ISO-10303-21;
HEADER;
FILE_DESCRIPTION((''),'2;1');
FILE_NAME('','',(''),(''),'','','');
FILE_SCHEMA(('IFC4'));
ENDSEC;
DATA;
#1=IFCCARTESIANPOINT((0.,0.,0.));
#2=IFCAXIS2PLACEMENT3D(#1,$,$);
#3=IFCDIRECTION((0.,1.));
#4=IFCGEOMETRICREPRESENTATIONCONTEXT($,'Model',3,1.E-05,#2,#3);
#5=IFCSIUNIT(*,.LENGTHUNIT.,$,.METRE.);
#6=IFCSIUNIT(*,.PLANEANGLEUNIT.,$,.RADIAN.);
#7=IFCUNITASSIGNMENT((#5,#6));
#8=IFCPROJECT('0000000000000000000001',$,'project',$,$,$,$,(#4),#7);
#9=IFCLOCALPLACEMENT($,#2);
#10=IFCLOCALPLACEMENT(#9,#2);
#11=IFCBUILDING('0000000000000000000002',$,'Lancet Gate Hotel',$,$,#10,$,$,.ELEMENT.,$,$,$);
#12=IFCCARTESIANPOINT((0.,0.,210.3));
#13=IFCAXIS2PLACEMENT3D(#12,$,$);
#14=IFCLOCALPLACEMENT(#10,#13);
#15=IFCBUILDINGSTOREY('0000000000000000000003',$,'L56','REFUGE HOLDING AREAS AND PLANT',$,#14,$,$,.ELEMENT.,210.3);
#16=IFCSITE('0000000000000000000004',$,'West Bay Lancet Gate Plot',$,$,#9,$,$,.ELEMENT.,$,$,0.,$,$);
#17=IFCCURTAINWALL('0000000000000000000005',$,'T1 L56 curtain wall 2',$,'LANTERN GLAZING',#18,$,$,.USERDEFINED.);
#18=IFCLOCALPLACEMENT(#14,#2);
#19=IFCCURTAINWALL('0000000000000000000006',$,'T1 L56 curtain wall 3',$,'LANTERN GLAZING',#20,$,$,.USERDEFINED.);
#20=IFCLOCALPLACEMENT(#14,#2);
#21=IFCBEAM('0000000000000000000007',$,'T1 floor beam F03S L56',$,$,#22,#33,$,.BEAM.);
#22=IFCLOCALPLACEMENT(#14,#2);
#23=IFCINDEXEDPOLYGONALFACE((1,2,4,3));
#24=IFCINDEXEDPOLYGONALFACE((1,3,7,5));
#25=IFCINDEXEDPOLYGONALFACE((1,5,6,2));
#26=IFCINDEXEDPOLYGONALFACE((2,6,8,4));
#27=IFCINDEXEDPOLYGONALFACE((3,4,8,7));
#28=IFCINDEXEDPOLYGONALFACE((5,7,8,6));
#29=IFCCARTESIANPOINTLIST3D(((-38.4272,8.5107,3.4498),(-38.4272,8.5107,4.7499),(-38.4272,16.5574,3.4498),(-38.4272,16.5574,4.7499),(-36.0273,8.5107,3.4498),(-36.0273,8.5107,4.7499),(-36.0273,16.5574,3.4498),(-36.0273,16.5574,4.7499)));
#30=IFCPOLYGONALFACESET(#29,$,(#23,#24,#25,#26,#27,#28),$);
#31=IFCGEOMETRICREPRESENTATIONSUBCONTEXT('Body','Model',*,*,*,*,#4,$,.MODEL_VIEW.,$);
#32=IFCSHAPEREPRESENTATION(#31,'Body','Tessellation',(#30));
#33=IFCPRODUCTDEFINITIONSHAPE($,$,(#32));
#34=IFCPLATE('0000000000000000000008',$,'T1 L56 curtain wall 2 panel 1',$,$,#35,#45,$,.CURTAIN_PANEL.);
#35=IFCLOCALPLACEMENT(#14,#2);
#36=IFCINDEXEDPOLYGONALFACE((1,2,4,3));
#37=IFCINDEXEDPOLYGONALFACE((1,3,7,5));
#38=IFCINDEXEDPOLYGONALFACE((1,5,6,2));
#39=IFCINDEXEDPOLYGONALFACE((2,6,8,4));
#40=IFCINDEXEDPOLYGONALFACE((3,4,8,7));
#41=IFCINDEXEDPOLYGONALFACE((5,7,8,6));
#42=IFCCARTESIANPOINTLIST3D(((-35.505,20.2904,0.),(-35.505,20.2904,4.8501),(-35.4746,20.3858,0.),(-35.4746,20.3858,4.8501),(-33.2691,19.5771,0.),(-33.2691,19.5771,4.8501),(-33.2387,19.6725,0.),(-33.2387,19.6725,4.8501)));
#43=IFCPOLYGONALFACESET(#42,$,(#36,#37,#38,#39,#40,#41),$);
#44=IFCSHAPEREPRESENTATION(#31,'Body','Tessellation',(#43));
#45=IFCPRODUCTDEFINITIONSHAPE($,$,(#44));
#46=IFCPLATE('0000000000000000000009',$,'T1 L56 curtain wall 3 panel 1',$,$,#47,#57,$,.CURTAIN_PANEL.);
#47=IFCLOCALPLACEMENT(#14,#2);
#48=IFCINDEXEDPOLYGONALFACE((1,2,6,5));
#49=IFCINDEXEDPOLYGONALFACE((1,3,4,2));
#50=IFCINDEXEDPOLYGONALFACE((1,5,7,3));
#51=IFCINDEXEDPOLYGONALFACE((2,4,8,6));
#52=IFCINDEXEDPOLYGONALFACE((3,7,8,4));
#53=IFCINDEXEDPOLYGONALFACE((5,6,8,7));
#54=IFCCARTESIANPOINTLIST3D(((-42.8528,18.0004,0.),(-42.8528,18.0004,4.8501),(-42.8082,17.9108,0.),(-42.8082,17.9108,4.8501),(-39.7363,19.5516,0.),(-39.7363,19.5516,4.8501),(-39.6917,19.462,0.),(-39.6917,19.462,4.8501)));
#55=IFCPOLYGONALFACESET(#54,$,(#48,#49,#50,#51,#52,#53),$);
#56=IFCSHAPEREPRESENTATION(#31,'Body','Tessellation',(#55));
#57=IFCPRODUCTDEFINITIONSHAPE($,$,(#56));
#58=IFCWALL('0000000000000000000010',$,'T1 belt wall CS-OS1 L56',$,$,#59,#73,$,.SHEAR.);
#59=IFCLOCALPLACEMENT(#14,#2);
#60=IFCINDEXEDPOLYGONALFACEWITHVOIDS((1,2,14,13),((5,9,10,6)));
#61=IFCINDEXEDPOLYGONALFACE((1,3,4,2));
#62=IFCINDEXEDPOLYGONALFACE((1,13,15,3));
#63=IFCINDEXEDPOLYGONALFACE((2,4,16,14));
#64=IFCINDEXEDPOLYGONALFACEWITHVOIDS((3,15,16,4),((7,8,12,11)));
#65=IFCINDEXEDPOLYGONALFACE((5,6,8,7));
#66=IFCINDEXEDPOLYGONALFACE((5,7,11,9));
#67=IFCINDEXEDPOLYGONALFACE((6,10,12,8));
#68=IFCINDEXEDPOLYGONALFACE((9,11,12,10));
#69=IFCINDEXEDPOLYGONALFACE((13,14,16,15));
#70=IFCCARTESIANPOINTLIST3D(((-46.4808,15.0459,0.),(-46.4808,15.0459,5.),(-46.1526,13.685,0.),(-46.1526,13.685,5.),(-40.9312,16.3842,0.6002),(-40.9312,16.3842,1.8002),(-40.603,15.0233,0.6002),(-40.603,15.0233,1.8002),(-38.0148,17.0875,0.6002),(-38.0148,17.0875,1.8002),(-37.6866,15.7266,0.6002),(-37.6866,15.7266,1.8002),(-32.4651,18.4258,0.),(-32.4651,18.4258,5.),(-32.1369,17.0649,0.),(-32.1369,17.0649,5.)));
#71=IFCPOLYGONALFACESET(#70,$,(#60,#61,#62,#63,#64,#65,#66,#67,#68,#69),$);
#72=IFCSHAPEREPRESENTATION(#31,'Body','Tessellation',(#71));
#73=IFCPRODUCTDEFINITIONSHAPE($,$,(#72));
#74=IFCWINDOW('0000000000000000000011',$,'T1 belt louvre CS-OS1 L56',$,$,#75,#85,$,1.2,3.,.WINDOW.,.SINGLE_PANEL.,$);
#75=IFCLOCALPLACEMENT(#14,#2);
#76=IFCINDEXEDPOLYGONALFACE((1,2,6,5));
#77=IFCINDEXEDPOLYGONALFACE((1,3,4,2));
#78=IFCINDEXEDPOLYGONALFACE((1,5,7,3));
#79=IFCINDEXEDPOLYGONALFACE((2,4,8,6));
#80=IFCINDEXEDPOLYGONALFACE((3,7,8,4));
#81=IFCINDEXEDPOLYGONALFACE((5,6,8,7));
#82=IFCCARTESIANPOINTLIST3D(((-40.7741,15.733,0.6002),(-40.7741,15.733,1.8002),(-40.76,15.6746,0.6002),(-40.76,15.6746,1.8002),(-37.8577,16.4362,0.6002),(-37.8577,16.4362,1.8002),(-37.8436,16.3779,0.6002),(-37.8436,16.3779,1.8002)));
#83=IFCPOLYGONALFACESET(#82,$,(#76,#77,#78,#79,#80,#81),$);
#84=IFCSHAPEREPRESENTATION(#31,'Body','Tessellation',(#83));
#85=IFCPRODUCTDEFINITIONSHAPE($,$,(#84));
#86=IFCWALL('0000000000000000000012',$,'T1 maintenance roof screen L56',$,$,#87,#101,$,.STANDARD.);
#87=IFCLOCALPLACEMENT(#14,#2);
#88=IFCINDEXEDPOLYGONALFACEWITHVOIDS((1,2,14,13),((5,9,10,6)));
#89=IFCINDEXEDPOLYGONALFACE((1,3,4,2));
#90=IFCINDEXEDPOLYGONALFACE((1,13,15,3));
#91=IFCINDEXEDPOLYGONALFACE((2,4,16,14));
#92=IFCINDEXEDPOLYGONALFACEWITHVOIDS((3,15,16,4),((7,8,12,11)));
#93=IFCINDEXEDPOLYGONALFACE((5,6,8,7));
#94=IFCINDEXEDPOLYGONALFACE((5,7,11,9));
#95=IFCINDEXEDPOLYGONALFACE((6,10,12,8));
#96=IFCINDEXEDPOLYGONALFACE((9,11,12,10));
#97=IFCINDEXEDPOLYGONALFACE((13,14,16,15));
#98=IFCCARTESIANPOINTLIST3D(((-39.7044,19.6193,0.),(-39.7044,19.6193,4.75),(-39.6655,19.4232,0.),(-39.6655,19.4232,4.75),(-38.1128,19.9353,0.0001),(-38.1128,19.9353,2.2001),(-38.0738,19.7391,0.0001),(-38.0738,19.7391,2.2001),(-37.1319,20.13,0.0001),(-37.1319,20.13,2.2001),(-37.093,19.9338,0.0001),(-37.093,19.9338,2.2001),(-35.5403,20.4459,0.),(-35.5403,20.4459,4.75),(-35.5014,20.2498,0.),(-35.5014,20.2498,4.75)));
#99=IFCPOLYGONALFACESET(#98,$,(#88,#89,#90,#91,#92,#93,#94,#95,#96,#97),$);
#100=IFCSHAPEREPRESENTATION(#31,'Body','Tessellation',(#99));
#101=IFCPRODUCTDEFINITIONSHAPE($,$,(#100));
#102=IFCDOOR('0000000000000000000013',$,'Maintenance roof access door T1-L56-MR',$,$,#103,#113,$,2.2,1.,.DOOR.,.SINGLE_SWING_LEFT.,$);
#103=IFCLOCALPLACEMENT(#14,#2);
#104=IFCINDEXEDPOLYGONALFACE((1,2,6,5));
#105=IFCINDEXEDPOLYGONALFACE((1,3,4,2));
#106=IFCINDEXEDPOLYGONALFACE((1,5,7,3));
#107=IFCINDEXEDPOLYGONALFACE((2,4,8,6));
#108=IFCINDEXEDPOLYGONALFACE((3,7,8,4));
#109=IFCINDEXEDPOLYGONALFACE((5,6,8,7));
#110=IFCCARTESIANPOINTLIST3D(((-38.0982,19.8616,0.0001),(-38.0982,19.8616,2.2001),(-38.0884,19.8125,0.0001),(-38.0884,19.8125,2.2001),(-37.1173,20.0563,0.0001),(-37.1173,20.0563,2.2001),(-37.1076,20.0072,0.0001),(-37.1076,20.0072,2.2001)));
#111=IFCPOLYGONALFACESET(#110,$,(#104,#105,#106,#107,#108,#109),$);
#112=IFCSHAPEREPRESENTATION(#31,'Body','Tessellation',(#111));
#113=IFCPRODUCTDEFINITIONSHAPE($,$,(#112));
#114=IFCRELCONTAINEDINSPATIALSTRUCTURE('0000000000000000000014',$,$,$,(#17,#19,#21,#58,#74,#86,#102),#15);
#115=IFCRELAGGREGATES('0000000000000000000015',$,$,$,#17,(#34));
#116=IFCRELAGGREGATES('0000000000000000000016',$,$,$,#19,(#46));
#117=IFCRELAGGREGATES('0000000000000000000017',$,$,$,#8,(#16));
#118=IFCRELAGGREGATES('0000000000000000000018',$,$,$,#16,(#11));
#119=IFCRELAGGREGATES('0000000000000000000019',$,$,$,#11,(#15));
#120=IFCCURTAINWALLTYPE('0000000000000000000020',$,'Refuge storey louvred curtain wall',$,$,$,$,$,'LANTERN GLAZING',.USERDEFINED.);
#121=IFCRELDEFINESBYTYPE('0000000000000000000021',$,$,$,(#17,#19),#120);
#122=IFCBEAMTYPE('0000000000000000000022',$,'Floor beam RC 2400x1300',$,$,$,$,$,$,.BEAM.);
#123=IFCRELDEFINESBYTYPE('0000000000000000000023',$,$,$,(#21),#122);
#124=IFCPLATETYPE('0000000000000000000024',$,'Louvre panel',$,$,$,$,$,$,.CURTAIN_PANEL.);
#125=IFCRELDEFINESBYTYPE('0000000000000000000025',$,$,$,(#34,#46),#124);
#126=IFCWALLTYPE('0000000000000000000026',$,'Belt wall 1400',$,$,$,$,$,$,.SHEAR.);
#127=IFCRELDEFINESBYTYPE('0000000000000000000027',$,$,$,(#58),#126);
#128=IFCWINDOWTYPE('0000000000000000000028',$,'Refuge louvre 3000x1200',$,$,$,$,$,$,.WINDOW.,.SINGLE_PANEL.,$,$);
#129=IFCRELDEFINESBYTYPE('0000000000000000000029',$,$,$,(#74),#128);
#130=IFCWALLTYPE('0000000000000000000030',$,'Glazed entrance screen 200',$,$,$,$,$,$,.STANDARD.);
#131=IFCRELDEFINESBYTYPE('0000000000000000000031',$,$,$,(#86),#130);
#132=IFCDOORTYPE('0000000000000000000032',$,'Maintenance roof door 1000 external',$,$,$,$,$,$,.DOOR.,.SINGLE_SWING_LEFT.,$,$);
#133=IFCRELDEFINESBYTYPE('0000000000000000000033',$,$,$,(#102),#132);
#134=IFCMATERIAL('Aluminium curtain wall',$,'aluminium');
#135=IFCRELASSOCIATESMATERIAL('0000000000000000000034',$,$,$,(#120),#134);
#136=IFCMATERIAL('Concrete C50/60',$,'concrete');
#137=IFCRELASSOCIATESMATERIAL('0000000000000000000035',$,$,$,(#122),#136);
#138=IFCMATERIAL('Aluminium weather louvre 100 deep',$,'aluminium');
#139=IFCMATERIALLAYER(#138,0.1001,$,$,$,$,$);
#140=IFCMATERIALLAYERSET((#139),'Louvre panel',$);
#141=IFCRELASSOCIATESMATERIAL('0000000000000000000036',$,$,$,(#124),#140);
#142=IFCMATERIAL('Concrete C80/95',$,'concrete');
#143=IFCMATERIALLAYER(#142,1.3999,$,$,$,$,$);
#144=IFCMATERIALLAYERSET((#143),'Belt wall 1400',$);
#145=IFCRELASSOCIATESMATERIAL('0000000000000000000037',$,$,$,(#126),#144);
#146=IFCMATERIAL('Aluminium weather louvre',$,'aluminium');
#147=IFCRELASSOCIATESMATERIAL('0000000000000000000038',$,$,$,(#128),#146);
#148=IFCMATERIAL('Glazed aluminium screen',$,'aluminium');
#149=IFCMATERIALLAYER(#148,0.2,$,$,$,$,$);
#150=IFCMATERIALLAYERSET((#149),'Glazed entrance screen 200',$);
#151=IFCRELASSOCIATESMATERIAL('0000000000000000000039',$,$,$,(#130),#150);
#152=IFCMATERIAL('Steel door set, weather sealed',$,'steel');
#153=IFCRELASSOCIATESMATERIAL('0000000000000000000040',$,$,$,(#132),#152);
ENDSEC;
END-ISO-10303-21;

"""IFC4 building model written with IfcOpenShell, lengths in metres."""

from ifc_helpers import new_model, si_unit, direction, frame, frame_2d, origin, origin_2d, place, context, subcontext, project, spatial, rectangle, extrude, material, layer, layer_set, material_profile, profile_set, type_object, element, fill, aggregate, save


model = new_model("IFC4")

# Units and contexts
model_context = context("Model", 3, precision=1e-05, world=origin(), true_north=direction((0.0, 1.0)))
body_context = subcontext(model_context, "Body", "Model", "MODEL_VIEW")
ifc_project = project(units=[si_unit("LENGTHUNIT", "METRE"), si_unit("PLANEANGLEUNIT", "RADIAN")], contexts=[model_context])

# Site, building, storey
site_placement = place(None, origin())
site = spatial("IfcSite", under=ifc_project, at=site_placement, Name="West Bay Lancet Gate Plot", CompositionType="ELEMENT", RefElevation=0.0)
building_placement = place(site_placement, origin())
building = spatial("IfcBuilding", under=site, at=building_placement, Name="Lancet Gate Hotel", CompositionType="ELEMENT")
storey_placement = place(building_placement, frame((0.0, 0.0, 210.3)))
storey = spatial("IfcBuildingStorey", under=building, at=storey_placement, Name="L56", Description="REFUGE HOLDING AREAS AND PLANT", CompositionType="ELEMENT", Elevation=210.3)

# Shared definitions
ifc_material_1 = material(Name="Aluminium curtain wall", Category="aluminium")
curtain_wall_type = type_object("IfcCurtainWallType", Name="Refuge storey louvred curtain wall", ElementType="LANTERN GLAZING", PredefinedType="USERDEFINED", material=ifc_material_1)

# Curtain walls
curtain_wall_1_placement = place(storey_placement, origin())
curtain_wall_1 = element("IfcCurtainWall", 1, at=curtain_wall_1_placement, inside=storey, type_object=curtain_wall_type, Name="T1 L56 curtain wall 2", ObjectType="LANTERN GLAZING", PredefinedType="USERDEFINED")
curtain_wall_2_placement = place(storey_placement, origin())
curtain_wall_2 = element("IfcCurtainWall", 2, at=curtain_wall_2_placement, inside=storey, type_object=curtain_wall_type, Name="T1 L56 curtain wall 3", ObjectType="LANTERN GLAZING", PredefinedType="USERDEFINED")

# Beam
ifc_material_2 = material(Name="Concrete C50/60", Category="concrete")
ifc_material_profile_1 = material_profile(ifc_material_2, rectangle(XDim=2.3999, YDim=1.3, at=origin_2d()), Name="RC 2400x1300")
ifc_profile_set_1 = profile_set([ifc_material_profile_1], Name="Concrete C50/60")
beam_type_1 = type_object("IfcBeamType", Name="Floor beam RC 2400x1300", PredefinedType="BEAM", material=ifc_profile_set_1)
beam_1_placement = place(storey_placement, frame((-37.2273, 16.5574, 4.0999), z_axis=(0.0, -1.0, 0.0), x_axis=(1.0, 0.0, 0.0)))
element("IfcBeam", 3, at=beam_1_placement, inside=storey, type_object=beam_type_1, Name="T1 floor beam F03S L56", PredefinedType="BEAM", context=body_context, shape_type="SweptSolid", body=[
    extrude(rectangle(XDim=2.3999, YDim=1.3, at=origin_2d()), origin(), (0.0, 0.0, 1.0), 8.0466),
])

# Plates
ifc_material_3 = material(Name="Aluminium weather louvre 100 deep", Category="aluminium")
ifc_layer_1 = layer(ifc_material_3, 0.1001)
ifc_layer_set_1 = layer_set([ifc_layer_1], Name="Louvre panel")
plate_type = type_object("IfcPlateType", Name="Louvre panel", PredefinedType="CURTAIN_PANEL", material=ifc_layer_set_1)
plate_1_placement = place(storey_placement, frame((-34.3718, 19.9814, 0.0), z_axis=(0.0, 0.0, 1.0), x_axis=(-0.952696, 0.303926, 0.0)))
plate_1 = element("IfcPlate", 4, at=plate_1_placement, type_object=plate_type, Name="T1 L56 curtain wall 2 panel 1", PredefinedType="CURTAIN_PANEL", context=body_context, shape_type="SweptSolid", body=[
    extrude(rectangle(XDim=2.3469, YDim=0.1001, at=origin_2d()), origin(), (0.0, 0.0, 1.0), 4.8501),
])
aggregate(curtain_wall_1, [plate_1])
plate_2_placement = place(storey_placement, frame((-41.2722, 18.7312, 0.0), z_axis=(0.0, 0.0, 1.0), x_axis=(-0.895234, -0.445596, 0.0)))
plate_2 = element("IfcPlate", 5, at=plate_2_placement, type_object=plate_type, Name="T1 L56 curtain wall 3 panel 1", PredefinedType="CURTAIN_PANEL", context=body_context, shape_type="SweptSolid", body=[
    extrude(rectangle(XDim=3.4812, YDim=0.1001, at=origin_2d()), origin(), (0.0, 0.0, 1.0), 4.8501),
])
aggregate(curtain_wall_2, [plate_2])

# Wall, opening, window
ifc_material_4 = material(Name="Concrete C80/95", Category="concrete")
ifc_layer_2 = layer(ifc_material_4, 1.3999)
ifc_layer_set_2 = layer_set([ifc_layer_2], Name="Belt wall 1400")
wall_type_1 = type_object("IfcWallType", Name="Belt wall 1400", PredefinedType="SHEAR", material=ifc_layer_set_2)
wall_1_placement = place(storey_placement, frame((-32.301, 17.7454, 0.0), z_axis=(0.0, 0.0, 1.0), x_axis=(-0.972133, -0.234431, 0.0)))
wall_1 = element("IfcWall", 6, at=wall_1_placement, inside=storey, type_object=wall_type_1, Name="T1 belt wall CS-OS1 L56", PredefinedType="SHEAR", context=body_context, shape_type="SweptSolid", body=[
    extrude(rectangle(XDim=14.4175, YDim=1.3999, at=frame_2d((7.2087, 0.0))), origin(), (0.0, 0.0, 1.0), 5.0),
])
opening_1_placement = place(wall_1_placement, frame((5.7087, 0.0, 0.6001)))
opening_1 = element("IfcOpeningElement", 7, at=opening_1_placement, cuts=wall_1, PredefinedType="OPENING", context=body_context, shape_type="SweptSolid", body=[
    extrude(rectangle(XDim=3.0, YDim=1.2, at=frame_2d((1.5, 0.6001))), frame((0.0, 0.71, 0.0), z_axis=(0.0, -1.0, 0.0), x_axis=(1.0, 0.0, 0.0)), (0.0, 0.0, 1.0), 1.4199),
])
ifc_material_5 = material(Name="Aluminium weather louvre", Category="aluminium")
window_type = type_object("IfcWindowType", Name="Refuge louvre 3000x1200", PartitioningType="SINGLE_PANEL", PredefinedType="WINDOW", material=ifc_material_5)
window_placement = place(opening_1_placement, origin())
window = element("IfcWindow", 8, at=window_placement, inside=storey, type_object=window_type, Name="T1 belt louvre CS-OS1 L56", OverallHeight=1.2, OverallWidth=3.0, PartitioningType="SINGLE_PANEL", PredefinedType="WINDOW", context=body_context, shape_type="SweptSolid", body=[
    extrude(rectangle(XDim=3.0, YDim=1.2, at=frame_2d((1.5, 0.6001))), frame((0.0, 0.03, 0.0), z_axis=(0.0, -1.0, 0.0), x_axis=(1.0, 0.0, 0.0)), (0.0, 0.0, 1.0), 0.0601),
])
fill(opening_1, window)

# Wall, opening, door
ifc_material_6 = material(Name="Glazed aluminium screen", Category="aluminium")
ifc_layer_3 = layer(ifc_material_6, 0.2)
ifc_layer_set_3 = layer_set([ifc_layer_3], Name="Glazed entrance screen 200")
wall_type_2 = type_object("IfcWallType", Name="Glazed entrance screen 200", PredefinedType="STANDARD", material=ifc_layer_set_3)
wall_2_placement = place(storey_placement, frame((-39.6848, 19.5212, 0.0), z_axis=(0.0, 0.0, 1.0), x_axis=(0.980858, 0.194722, 0.0)))
wall_2 = element("IfcWall", 9, at=wall_2_placement, inside=storey, type_object=wall_type_2, Name="T1 maintenance roof screen L56", PredefinedType="STANDARD", context=body_context, shape_type="SweptSolid", body=[
    extrude(rectangle(XDim=4.2454, YDim=0.2, at=frame_2d((2.1226, 0.0))), origin(), (0.0, 0.0, 1.0), 4.75),
])
opening_2_placement = place(wall_2_placement, frame((1.6226, 0.0, 0.0)))
opening_2 = element("IfcOpeningElement", 10, at=opening_2_placement, cuts=wall_2, PredefinedType="OPENING", context=body_context, shape_type="SweptSolid", body=[
    extrude(rectangle(XDim=1.0, YDim=2.2, at=frame_2d((0.5, 1.1001))), frame((0.0, 0.1099, 0.0), z_axis=(0.0, -1.0, 0.0), x_axis=(1.0, 0.0, 0.0)), (0.0, 0.0, 1.0), 0.22),
])
ifc_material_7 = material(Name="Steel door set, weather sealed", Category="steel")
door_type = type_object("IfcDoorType", Name="Maintenance roof door 1000 external", OperationType="SINGLE_SWING_LEFT", PredefinedType="DOOR", material=ifc_material_7)
door_placement = place(opening_2_placement, origin())
door = element("IfcDoor", 11, at=door_placement, inside=storey, type_object=door_type, Name="Maintenance roof access door T1-L56-MR", OperationType="SINGLE_SWING_LEFT", OverallHeight=2.2, OverallWidth=1.0, PredefinedType="DOOR", context=body_context, shape_type="SweptSolid", body=[
    extrude(rectangle(XDim=1.0, YDim=2.2, at=frame_2d((0.5, 1.1001))), frame((0.0, 0.0249, 0.0), z_axis=(0.0, -1.0, 0.0), x_axis=(1.0, 0.0, 0.0)), (0.0, 0.0, 1.0), 0.05),
])
fill(opening_2, door)

save(model, "model.ifc")
